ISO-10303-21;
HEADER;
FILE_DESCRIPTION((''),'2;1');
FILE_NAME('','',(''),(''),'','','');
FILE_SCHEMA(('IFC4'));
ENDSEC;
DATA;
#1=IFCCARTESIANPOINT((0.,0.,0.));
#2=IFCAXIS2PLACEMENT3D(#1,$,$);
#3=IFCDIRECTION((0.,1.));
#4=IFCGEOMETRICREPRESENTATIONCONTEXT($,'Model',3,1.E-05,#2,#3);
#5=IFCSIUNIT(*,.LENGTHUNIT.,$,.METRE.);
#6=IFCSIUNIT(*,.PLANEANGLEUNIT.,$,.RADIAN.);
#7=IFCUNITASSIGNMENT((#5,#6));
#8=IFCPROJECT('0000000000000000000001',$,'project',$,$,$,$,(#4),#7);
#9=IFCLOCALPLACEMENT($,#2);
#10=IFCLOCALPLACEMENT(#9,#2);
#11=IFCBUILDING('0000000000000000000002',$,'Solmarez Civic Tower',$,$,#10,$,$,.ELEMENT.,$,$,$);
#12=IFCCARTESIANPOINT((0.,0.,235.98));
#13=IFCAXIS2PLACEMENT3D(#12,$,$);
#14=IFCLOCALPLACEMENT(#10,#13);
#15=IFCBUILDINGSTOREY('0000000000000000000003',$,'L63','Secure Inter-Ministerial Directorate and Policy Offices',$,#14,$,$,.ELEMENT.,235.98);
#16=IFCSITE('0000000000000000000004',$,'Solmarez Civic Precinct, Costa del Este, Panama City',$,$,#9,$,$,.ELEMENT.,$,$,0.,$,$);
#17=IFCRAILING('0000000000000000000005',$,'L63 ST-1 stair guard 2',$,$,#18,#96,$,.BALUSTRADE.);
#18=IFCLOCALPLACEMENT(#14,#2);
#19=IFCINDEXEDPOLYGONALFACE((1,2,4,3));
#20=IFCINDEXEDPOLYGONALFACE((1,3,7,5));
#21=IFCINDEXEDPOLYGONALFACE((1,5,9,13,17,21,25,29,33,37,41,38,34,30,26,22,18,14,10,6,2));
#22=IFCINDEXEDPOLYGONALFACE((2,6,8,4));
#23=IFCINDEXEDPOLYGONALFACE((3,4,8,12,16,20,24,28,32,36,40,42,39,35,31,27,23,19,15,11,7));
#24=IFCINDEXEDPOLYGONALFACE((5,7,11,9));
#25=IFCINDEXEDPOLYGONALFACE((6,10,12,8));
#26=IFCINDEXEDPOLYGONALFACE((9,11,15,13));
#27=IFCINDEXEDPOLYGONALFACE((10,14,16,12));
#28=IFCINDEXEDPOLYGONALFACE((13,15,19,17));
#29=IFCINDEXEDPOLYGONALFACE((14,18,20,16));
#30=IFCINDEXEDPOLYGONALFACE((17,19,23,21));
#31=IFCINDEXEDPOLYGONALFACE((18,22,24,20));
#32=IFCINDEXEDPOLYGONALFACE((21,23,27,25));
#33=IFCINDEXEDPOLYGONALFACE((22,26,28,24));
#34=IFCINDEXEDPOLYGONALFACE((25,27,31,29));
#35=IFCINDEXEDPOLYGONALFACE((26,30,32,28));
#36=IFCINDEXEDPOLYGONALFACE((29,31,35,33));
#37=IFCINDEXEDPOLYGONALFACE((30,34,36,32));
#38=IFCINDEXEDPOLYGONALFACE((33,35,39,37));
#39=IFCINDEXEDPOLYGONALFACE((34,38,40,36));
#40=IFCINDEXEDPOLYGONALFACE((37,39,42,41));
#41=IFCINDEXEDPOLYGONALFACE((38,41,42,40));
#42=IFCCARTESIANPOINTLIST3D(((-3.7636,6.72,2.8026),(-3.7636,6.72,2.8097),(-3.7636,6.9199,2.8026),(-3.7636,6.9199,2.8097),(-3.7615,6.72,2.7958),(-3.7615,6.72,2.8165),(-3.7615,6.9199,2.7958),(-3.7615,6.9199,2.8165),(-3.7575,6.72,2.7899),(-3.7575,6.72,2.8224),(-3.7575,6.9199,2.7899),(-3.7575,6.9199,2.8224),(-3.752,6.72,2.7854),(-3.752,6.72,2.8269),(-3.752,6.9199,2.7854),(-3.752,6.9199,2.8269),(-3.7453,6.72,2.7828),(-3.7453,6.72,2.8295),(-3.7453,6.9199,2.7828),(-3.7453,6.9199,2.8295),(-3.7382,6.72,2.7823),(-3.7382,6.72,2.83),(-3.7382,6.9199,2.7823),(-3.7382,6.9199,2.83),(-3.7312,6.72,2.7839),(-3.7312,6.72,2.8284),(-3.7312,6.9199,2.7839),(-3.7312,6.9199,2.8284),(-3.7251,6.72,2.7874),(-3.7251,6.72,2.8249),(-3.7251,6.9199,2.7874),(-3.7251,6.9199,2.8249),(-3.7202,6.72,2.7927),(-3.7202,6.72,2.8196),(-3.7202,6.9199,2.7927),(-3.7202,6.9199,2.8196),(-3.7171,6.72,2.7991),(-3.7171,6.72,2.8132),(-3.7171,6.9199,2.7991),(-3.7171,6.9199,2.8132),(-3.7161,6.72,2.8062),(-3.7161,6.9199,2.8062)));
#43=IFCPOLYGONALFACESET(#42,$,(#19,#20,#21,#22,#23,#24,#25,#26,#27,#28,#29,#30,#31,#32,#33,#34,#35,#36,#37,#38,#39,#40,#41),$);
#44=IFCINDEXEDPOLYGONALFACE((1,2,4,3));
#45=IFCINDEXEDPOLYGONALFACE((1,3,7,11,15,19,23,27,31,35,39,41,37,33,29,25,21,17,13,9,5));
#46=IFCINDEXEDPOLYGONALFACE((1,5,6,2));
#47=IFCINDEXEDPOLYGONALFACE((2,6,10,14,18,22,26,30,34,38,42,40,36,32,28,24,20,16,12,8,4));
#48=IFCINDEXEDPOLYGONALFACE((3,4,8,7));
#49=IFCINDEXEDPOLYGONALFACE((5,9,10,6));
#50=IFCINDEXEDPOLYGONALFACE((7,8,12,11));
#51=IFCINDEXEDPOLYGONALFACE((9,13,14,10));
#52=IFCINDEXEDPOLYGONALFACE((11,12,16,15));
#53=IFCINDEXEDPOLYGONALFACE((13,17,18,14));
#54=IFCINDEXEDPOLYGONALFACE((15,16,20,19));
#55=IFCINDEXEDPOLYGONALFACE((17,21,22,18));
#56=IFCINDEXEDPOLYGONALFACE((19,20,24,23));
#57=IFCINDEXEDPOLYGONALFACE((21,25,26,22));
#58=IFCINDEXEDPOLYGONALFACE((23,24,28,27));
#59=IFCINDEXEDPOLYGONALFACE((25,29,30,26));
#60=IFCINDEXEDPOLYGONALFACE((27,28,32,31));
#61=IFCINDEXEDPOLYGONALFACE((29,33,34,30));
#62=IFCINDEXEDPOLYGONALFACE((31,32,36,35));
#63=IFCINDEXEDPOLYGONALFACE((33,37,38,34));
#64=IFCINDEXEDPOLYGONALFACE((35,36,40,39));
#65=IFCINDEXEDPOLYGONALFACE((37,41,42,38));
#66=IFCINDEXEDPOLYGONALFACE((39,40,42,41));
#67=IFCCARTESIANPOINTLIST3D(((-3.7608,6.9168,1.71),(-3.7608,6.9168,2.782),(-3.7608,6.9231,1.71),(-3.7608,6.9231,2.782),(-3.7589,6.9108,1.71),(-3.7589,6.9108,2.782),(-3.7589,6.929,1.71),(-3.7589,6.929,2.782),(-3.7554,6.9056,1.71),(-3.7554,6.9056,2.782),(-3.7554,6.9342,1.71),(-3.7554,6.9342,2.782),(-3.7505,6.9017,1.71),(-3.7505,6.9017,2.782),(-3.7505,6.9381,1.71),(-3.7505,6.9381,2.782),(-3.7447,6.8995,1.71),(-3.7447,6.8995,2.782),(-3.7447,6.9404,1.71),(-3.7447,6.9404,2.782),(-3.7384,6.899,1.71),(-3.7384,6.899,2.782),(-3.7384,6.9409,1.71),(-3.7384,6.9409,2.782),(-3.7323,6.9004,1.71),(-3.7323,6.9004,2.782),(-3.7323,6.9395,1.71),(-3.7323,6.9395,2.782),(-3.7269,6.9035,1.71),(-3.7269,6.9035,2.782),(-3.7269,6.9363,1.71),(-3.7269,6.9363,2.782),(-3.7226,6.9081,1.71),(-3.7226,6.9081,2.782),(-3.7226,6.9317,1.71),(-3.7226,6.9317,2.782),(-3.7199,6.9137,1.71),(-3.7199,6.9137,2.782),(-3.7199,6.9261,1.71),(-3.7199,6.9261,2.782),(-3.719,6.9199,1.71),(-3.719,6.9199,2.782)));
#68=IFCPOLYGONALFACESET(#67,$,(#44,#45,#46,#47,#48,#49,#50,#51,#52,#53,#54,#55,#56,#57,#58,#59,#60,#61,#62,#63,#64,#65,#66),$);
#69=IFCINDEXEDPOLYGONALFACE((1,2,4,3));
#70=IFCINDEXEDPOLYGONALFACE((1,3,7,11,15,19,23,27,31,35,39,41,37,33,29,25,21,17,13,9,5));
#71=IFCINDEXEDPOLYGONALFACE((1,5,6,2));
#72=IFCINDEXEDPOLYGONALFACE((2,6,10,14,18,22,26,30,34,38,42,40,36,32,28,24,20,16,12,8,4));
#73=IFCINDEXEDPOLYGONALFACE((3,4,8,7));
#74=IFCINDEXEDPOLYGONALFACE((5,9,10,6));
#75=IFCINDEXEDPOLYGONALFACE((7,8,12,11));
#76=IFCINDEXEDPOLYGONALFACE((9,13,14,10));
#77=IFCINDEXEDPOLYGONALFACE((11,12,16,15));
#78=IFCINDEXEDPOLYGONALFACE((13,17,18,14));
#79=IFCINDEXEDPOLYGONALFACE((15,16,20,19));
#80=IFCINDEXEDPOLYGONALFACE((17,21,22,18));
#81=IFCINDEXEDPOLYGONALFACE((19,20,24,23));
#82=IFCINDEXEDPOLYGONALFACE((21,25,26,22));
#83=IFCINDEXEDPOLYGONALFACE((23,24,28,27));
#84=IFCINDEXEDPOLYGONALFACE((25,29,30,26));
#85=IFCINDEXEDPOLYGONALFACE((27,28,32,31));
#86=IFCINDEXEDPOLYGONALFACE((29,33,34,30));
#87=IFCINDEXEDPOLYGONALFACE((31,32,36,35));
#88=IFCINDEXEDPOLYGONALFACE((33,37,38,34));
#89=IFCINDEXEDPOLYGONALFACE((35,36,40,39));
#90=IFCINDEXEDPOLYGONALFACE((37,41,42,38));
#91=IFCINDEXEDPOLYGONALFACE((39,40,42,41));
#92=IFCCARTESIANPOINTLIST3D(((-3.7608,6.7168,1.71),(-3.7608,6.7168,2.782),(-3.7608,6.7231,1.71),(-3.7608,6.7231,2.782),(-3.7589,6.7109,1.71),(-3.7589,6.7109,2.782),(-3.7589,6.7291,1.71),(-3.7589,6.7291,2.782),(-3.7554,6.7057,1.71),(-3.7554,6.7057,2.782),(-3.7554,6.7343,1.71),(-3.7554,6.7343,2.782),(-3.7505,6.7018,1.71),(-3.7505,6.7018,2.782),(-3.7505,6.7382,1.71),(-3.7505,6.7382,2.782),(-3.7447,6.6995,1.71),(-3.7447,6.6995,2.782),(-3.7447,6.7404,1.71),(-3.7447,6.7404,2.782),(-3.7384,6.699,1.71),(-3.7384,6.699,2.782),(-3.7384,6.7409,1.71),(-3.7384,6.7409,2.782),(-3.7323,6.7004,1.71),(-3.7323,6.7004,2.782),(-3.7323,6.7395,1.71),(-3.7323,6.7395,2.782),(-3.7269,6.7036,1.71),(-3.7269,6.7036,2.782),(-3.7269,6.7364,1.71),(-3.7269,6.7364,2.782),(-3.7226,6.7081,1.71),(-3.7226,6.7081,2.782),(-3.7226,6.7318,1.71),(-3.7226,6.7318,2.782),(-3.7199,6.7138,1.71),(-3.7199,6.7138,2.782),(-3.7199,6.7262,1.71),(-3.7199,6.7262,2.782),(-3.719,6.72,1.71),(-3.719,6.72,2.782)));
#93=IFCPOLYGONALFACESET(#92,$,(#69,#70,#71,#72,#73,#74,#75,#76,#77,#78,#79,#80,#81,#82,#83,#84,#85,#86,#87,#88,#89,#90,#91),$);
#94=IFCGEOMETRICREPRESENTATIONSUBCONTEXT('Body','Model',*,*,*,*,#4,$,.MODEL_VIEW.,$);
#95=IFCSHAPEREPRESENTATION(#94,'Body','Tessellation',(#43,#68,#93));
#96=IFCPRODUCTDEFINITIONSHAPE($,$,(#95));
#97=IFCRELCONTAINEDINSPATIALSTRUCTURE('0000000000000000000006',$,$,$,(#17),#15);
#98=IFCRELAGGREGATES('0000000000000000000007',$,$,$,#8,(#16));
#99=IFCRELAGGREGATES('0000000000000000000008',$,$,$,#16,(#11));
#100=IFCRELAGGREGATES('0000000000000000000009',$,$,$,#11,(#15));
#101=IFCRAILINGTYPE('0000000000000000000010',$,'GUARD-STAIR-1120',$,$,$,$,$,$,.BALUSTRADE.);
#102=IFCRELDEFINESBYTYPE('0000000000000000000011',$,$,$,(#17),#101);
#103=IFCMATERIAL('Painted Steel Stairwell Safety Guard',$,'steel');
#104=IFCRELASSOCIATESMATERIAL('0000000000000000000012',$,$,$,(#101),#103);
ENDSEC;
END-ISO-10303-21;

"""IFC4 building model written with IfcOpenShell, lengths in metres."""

from ifc_helpers import new_model, si_unit, direction, frame, origin, origin_2d, place, context, subcontext, project, spatial, circle, extrude, material, type_object, element, save


model = new_model("IFC4")

# Units and contexts
model_context = context("Model", 3, precision=1e-05, world=origin(), true_north=direction((0.0, 1.0)))
body_context = subcontext(model_context, "Body", "Model", "MODEL_VIEW")
ifc_project = project(units=[si_unit("LENGTHUNIT", "METRE"), si_unit("PLANEANGLEUNIT", "RADIAN")], contexts=[model_context])

# Site, building, storey
site_placement = place(None, origin())
site = spatial("IfcSite", under=ifc_project, at=site_placement, Name="Solmarez Civic Precinct, Costa del Este, Panama City", CompositionType="ELEMENT", RefElevation=0.0)
building_placement = place(site_placement, origin())
building = spatial("IfcBuilding", under=site, at=building_placement, Name="Solmarez Civic Tower", CompositionType="ELEMENT")
storey_placement = place(building_placement, frame((0.0, 0.0, 235.98)))
storey = spatial("IfcBuildingStorey", under=building, at=storey_placement, Name="L63", Description="Secure Inter-Ministerial Directorate and Policy Offices", CompositionType="ELEMENT", Elevation=235.98)

# Railing
ifc_material_1 = material(Name="Painted Steel Stairwell Safety Guard", Category="steel")
railing_type_1 = type_object("IfcRailingType", Name="GUARD-STAIR-1120", PredefinedType="BALUSTRADE", material=ifc_material_1)
railing_1_placement = place(storey_placement, frame((-3.74, 6.9199, 1.71)))
element("IfcRailing", 1, at=railing_1_placement, inside=storey, type_object=railing_type_1, Name="L63 ST-1 stair guard 2", PredefinedType="BALUSTRADE", context=body_context, shape_type="SweptSolid", body=[
    extrude(circle(Radius=0.0239, at=origin_2d()), frame((0.0, 0.0, 1.0962), z_axis=(0.0, -1.0, 0.0), x_axis=(1.0, 0.0, 0.0)), (0.0, 0.0, 1.0), 0.2),
    extrude(circle(Radius=0.021, at=origin_2d()), origin(), (0.0, 0.0, 1.0), 1.072),
    extrude(circle(Radius=0.021, at=origin_2d()), frame((0.0, -0.2, 0.0)), (0.0, 0.0, 1.0), 1.072),
])

save(model, "model.ifc")
